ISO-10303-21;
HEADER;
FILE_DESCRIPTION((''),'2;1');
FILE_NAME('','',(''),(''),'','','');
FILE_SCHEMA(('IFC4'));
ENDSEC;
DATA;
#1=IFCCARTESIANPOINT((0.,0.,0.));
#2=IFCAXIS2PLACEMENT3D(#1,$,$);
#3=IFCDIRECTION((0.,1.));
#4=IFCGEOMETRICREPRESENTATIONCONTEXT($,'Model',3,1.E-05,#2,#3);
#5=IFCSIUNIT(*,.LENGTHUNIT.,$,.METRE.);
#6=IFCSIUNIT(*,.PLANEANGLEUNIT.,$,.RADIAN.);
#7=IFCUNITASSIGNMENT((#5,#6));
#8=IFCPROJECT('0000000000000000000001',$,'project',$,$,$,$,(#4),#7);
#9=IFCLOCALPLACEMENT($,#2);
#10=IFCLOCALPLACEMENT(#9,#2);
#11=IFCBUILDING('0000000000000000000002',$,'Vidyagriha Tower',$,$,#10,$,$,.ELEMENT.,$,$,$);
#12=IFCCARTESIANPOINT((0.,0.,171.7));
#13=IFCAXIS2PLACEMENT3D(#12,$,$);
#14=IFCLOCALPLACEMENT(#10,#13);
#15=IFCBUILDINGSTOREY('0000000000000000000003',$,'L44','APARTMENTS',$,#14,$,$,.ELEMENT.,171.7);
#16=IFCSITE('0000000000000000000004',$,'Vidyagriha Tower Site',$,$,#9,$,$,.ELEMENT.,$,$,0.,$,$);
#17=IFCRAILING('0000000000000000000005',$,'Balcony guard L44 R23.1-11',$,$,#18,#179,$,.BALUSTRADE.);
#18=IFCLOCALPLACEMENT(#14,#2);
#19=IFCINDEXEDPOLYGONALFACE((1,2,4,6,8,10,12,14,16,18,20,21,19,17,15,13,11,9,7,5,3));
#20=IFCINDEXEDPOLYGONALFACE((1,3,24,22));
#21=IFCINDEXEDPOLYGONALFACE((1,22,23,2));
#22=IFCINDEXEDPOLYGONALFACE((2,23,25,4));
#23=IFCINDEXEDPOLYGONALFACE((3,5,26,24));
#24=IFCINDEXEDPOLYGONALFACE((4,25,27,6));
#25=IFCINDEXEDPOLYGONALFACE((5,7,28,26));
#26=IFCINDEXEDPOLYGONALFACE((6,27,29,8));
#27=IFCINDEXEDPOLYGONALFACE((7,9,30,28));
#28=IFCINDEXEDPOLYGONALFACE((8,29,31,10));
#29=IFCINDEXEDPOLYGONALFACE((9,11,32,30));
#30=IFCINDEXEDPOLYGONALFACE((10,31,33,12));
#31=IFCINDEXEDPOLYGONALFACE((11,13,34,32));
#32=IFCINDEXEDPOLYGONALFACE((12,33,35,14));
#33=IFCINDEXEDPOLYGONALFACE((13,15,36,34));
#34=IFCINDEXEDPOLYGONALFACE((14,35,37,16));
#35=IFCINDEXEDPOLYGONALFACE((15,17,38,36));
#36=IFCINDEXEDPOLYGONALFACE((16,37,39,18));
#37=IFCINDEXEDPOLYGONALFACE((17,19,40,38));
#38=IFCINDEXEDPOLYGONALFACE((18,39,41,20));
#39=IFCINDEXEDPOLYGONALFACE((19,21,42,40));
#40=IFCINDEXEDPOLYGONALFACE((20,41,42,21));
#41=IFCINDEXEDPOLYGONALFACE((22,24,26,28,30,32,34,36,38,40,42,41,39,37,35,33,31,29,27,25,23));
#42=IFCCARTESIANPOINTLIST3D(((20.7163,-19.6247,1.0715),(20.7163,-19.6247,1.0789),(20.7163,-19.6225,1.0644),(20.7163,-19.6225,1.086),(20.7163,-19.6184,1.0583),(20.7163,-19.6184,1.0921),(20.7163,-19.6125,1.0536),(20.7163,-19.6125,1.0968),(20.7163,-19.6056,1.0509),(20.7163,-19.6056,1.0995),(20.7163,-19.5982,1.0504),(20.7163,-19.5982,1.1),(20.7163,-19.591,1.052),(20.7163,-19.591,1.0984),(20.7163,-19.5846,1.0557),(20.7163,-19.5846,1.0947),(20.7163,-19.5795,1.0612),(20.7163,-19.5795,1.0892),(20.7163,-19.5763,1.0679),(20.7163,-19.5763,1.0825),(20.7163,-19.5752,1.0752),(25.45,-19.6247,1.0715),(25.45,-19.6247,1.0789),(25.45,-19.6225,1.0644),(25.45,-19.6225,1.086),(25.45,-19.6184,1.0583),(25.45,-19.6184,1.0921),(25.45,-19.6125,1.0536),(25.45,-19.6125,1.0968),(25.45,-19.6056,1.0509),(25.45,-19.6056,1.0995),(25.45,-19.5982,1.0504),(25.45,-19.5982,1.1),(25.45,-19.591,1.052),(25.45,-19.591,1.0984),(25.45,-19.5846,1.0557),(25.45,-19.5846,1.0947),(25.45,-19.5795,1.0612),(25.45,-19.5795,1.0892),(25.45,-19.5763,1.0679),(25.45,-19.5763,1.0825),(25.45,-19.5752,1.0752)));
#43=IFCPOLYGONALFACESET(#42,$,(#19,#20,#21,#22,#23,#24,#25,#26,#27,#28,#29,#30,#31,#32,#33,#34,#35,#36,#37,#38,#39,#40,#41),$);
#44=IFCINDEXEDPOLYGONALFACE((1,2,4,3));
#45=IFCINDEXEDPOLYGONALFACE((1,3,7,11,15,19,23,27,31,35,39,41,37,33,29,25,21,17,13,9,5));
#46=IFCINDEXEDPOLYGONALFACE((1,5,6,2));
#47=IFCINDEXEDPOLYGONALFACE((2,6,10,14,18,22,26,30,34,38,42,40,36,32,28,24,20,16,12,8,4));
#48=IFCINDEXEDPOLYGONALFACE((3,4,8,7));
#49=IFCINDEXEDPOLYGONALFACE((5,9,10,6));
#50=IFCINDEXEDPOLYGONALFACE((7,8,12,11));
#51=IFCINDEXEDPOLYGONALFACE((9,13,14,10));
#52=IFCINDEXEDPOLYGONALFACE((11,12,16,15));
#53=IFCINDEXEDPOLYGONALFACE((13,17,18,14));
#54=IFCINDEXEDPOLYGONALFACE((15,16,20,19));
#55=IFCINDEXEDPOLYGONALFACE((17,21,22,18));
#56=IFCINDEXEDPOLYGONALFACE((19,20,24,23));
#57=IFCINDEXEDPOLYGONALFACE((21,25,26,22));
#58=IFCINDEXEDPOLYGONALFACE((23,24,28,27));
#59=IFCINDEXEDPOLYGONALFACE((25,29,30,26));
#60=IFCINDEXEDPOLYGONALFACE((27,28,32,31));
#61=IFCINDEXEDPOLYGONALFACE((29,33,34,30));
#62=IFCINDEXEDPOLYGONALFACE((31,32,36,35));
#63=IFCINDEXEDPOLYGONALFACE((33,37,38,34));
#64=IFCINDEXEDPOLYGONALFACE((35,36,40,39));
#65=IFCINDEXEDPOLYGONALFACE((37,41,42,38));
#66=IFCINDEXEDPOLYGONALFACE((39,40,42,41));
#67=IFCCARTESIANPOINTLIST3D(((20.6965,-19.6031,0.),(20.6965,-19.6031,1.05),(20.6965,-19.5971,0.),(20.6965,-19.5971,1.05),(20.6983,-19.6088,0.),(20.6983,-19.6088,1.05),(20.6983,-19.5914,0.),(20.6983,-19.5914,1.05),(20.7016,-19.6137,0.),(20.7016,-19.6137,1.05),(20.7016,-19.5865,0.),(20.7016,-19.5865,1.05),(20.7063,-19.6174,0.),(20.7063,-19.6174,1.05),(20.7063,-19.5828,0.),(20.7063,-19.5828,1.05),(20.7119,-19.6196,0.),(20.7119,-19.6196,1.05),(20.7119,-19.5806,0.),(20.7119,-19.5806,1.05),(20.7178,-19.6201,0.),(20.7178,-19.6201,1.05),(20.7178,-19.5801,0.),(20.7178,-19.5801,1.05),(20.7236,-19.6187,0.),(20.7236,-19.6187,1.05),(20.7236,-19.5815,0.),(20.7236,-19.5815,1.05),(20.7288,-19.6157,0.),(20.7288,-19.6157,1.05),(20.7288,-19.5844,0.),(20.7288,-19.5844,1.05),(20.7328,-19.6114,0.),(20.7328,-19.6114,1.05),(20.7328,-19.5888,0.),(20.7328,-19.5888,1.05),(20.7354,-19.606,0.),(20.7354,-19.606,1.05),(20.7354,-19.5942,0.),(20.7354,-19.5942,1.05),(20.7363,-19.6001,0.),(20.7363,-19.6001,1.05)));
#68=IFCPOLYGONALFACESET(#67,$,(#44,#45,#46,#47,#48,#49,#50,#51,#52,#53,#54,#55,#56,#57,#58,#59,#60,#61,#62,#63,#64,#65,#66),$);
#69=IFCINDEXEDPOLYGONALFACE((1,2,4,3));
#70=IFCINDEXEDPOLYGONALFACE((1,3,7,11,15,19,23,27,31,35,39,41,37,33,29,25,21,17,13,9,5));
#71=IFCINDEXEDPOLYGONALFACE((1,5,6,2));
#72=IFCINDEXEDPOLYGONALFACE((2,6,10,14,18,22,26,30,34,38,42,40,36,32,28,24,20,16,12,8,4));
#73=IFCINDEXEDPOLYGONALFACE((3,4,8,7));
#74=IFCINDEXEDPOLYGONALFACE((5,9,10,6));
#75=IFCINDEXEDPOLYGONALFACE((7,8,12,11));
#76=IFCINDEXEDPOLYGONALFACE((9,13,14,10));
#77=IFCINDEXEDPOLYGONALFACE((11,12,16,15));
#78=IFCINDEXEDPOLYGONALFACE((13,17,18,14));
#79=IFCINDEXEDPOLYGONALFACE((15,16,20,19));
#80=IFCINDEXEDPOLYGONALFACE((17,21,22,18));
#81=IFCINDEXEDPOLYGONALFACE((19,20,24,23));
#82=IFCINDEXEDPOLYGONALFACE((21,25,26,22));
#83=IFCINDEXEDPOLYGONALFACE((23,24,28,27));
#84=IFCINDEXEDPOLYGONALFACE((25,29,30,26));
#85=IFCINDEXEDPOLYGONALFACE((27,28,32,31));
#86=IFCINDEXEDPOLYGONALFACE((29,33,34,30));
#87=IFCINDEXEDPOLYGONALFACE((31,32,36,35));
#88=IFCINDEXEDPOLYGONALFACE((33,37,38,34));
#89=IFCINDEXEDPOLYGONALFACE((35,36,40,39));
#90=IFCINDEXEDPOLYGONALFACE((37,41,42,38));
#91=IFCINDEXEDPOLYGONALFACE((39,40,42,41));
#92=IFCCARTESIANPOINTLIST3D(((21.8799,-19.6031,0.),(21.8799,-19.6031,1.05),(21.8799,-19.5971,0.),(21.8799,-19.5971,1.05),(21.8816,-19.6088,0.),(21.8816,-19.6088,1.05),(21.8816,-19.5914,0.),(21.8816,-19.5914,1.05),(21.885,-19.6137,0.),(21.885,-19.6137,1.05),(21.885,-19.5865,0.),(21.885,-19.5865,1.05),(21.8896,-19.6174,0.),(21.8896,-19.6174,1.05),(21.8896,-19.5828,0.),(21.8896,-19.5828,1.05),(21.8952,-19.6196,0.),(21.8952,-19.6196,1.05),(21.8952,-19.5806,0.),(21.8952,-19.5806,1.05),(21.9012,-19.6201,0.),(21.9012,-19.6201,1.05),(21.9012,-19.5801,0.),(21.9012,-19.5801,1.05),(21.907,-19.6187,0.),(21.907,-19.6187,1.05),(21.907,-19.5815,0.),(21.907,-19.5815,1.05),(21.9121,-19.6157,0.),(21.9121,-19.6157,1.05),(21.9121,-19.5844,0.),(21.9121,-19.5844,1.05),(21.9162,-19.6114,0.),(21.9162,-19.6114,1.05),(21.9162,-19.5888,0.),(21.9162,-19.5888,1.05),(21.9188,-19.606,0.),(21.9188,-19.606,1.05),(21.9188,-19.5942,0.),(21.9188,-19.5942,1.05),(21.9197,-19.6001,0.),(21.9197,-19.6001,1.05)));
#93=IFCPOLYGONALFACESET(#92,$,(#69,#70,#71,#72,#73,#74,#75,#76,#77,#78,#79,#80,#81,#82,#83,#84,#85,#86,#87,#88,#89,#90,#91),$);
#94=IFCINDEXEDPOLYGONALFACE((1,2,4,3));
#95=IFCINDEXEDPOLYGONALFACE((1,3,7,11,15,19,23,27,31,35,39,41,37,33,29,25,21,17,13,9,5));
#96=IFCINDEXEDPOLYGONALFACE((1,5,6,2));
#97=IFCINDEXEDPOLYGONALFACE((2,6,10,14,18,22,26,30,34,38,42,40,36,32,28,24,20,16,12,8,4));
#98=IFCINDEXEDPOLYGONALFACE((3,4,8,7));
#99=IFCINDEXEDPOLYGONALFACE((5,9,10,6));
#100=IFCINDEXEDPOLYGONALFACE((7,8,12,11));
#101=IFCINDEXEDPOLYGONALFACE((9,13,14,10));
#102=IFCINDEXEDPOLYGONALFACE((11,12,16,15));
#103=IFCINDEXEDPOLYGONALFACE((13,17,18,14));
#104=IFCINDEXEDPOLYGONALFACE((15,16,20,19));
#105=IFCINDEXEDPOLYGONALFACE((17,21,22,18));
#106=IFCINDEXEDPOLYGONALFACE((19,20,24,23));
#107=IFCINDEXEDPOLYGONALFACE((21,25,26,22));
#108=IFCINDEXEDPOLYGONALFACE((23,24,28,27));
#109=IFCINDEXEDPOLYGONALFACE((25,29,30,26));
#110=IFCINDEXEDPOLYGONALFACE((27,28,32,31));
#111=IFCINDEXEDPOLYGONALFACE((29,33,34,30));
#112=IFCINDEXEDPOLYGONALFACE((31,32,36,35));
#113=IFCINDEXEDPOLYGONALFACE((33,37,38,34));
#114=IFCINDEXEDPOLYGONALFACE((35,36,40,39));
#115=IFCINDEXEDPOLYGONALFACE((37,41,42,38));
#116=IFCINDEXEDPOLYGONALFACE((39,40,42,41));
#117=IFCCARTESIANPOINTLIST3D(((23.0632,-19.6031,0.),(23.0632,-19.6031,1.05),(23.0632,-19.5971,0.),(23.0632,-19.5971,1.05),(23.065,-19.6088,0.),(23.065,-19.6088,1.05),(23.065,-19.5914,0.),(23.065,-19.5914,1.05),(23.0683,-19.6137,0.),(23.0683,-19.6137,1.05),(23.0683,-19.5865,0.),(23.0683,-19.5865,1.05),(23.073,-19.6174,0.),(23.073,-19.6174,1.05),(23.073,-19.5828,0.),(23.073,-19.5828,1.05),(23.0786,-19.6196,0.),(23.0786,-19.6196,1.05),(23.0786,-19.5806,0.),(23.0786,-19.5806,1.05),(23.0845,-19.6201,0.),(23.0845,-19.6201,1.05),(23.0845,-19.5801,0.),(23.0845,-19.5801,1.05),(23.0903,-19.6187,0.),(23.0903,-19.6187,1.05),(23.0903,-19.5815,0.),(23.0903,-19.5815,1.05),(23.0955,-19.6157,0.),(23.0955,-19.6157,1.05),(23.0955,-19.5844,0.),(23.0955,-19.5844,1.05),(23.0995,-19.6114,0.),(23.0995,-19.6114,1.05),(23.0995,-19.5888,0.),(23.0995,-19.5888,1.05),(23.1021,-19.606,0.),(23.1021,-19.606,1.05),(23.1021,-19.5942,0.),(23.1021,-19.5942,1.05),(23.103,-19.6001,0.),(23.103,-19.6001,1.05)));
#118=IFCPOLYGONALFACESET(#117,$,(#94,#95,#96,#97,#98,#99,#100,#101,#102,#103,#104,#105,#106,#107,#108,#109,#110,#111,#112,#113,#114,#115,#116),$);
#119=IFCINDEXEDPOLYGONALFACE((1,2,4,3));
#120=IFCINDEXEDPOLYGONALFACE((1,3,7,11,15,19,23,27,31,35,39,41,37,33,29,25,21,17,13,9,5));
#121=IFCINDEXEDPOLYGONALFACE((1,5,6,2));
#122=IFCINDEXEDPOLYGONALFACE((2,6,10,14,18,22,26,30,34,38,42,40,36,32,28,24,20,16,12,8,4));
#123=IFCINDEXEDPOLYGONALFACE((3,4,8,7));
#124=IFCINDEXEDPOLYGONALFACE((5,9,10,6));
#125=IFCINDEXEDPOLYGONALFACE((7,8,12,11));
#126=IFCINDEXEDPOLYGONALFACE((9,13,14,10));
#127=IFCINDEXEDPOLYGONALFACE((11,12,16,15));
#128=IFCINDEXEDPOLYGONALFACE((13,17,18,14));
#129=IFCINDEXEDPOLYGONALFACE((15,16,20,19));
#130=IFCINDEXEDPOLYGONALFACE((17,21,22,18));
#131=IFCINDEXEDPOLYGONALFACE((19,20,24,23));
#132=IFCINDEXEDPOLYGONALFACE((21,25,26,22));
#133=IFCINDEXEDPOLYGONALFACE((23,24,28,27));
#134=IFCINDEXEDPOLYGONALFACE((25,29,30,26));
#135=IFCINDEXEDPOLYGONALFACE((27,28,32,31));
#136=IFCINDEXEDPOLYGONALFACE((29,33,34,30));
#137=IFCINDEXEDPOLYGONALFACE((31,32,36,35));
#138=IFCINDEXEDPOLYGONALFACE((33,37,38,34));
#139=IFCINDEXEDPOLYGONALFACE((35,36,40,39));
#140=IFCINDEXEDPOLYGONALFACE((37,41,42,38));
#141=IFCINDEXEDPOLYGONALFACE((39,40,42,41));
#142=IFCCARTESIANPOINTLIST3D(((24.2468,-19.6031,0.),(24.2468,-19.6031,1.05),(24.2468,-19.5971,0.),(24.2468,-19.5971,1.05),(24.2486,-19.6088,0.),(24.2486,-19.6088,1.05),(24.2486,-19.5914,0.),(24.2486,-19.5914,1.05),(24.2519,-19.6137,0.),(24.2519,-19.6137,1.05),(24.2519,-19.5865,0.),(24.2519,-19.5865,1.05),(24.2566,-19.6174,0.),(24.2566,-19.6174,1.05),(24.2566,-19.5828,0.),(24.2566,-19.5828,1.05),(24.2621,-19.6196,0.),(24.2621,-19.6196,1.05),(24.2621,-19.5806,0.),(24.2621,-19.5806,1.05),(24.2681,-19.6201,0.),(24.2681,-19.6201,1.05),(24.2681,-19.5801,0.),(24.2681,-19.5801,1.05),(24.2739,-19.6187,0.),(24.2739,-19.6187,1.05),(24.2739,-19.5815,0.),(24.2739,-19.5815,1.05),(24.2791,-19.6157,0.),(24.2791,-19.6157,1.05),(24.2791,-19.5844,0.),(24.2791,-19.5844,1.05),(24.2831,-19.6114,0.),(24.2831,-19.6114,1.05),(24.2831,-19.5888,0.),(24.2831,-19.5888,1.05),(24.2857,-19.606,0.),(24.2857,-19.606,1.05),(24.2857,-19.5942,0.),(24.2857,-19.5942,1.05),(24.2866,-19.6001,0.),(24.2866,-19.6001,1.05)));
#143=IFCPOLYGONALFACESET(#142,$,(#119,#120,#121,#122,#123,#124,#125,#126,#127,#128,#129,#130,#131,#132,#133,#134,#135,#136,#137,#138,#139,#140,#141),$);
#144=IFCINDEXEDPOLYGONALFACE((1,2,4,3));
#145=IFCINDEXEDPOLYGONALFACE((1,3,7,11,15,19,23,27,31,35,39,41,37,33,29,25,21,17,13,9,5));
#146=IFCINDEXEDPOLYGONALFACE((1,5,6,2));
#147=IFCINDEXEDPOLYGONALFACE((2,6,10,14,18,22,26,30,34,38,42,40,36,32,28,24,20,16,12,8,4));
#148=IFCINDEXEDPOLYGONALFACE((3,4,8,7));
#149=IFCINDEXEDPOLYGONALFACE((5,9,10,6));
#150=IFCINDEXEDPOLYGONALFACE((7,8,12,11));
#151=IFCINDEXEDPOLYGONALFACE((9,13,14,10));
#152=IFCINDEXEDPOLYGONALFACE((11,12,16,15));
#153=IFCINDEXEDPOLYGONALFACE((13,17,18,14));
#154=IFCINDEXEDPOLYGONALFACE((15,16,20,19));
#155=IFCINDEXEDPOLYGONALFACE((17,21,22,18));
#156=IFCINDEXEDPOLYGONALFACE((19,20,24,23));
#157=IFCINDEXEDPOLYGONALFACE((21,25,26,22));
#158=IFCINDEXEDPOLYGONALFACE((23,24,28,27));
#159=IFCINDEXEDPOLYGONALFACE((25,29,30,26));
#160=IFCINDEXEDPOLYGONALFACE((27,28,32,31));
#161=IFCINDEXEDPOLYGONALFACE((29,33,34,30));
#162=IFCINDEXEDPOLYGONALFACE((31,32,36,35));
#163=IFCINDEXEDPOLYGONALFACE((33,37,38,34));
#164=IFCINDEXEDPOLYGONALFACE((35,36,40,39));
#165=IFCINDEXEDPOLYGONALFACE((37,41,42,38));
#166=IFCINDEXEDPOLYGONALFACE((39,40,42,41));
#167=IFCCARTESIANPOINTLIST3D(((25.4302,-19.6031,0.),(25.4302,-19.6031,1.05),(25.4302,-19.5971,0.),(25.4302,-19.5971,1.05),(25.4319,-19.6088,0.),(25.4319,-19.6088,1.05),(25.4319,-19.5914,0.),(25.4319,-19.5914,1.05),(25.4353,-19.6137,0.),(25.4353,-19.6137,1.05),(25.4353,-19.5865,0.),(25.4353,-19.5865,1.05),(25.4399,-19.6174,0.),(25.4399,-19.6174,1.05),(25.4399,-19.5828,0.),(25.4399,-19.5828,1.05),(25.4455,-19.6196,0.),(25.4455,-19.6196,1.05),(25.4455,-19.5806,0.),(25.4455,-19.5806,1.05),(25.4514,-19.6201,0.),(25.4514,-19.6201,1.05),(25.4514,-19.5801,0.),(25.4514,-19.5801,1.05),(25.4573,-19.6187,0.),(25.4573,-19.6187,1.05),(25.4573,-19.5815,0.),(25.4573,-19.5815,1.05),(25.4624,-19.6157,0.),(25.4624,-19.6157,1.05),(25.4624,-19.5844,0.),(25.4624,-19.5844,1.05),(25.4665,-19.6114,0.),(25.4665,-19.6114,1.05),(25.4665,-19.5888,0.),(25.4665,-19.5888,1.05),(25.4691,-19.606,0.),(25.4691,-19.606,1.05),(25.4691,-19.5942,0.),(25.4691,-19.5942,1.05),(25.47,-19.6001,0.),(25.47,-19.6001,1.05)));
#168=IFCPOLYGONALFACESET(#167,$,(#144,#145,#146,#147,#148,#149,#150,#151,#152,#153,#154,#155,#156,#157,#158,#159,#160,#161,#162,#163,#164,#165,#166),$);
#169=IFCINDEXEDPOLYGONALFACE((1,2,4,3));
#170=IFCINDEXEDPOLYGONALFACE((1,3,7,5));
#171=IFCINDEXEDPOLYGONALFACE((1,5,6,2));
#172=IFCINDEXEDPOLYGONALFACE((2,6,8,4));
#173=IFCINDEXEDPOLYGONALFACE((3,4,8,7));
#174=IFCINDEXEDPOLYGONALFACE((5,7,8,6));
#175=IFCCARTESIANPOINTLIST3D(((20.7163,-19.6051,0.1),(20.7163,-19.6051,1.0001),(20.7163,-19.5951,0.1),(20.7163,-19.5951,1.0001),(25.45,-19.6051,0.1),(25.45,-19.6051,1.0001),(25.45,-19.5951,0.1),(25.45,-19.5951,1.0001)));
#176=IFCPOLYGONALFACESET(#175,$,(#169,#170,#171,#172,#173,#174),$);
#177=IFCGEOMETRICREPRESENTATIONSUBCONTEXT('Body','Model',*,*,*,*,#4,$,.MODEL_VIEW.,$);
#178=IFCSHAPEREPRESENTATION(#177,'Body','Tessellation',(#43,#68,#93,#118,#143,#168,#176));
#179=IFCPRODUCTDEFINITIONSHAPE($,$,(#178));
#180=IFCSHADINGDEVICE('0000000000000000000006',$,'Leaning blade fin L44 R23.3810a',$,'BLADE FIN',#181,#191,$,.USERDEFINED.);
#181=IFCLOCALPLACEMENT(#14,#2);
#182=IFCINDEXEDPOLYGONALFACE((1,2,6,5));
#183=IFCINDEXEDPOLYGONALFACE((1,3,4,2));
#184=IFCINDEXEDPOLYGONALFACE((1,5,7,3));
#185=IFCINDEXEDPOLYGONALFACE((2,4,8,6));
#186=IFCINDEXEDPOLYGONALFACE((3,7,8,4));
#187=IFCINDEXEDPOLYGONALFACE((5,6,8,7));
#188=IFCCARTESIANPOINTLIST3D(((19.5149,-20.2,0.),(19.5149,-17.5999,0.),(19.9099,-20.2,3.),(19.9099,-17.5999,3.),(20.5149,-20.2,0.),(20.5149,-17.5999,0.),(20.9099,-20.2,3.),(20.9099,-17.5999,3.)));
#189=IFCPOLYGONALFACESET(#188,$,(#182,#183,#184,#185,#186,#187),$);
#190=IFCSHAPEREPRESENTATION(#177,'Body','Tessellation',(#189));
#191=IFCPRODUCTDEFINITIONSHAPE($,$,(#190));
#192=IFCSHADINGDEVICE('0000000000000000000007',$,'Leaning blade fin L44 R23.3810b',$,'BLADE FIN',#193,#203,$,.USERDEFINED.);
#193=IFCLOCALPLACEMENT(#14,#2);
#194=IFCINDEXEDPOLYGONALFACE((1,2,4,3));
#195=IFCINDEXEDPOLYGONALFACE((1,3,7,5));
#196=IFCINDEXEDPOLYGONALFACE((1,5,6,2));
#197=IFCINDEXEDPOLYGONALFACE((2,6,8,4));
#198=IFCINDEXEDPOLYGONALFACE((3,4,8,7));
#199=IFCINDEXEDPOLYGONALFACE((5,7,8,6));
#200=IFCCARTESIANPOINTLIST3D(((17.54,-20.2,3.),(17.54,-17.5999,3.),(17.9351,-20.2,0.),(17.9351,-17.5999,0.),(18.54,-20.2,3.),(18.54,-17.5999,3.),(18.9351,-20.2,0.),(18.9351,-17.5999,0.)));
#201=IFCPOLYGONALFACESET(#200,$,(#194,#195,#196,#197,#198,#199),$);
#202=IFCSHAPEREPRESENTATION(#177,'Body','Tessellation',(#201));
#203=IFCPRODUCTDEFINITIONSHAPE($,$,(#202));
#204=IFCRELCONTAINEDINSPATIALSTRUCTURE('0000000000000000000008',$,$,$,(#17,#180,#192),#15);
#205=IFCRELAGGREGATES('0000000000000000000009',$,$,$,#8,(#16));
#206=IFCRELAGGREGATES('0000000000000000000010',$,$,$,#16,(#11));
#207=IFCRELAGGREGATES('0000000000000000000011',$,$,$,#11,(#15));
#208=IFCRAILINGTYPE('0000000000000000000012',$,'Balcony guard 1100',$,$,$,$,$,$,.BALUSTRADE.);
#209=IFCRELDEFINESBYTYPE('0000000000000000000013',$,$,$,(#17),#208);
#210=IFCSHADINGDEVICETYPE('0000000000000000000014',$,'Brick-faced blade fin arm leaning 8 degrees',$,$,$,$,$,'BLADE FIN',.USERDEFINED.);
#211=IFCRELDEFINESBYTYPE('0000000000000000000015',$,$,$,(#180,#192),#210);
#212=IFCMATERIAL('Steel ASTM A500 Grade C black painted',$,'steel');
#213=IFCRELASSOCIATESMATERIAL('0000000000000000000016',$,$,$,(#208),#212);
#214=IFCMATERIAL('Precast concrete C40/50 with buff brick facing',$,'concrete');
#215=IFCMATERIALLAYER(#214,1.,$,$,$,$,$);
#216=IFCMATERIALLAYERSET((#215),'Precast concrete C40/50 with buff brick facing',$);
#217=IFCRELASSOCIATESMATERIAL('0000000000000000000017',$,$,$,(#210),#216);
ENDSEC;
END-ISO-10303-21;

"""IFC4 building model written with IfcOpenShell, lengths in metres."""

from ifc_helpers import new_model, si_unit, direction, frame, origin, origin_2d, place, context, subcontext, project, spatial, polyline, rectangle, circle, outline, extrude, material, layer, layer_set, type_object, element, save


model = new_model("IFC4")

# Units and contexts
model_context = context("Model", 3, precision=1e-05, world=origin(), true_north=direction((0.0, 1.0)))
body_context = subcontext(model_context, "Body", "Model", "MODEL_VIEW")
ifc_project = project(units=[si_unit("LENGTHUNIT", "METRE"), si_unit("PLANEANGLEUNIT", "RADIAN")], contexts=[model_context])

# Site, building, storey
site_placement = place(None, origin())
site = spatial("IfcSite", under=ifc_project, at=site_placement, Name="Vidyagriha Tower Site", CompositionType="ELEMENT", RefElevation=0.0)
building_placement = place(site_placement, origin())
building = spatial("IfcBuilding", under=site, at=building_placement, Name="Vidyagriha Tower", CompositionType="ELEMENT")
storey_placement = place(building_placement, frame((0.0, 0.0, 171.7)))
storey = spatial("IfcBuildingStorey", under=building, at=storey_placement, Name="L44", Description="APARTMENTS", CompositionType="ELEMENT", Elevation=171.7)

# Railing
ifc_material_1 = material(Name="Steel ASTM A500 Grade C black painted", Category="steel")
railing_type = type_object("IfcRailingType", Name="Balcony guard 1100", PredefinedType="BALUSTRADE", material=ifc_material_1)
railing_1_placement = place(storey_placement, frame((20.7163, -19.6001, 0.0)))
element("IfcRailing", 1, at=railing_1_placement, inside=storey, type_object=railing_type, Name="Balcony guard L44 R23.1-11", PredefinedType="BALUSTRADE", context=body_context, shape_type="SweptSolid", body=[
    extrude(circle(Radius=0.0249, at=origin_2d()), frame((0.0, 0.0, 1.0752), z_axis=(1.0, 0.0, 0.0), x_axis=(0.0, 1.0, 0.0)), (0.0, 0.0, 1.0), 4.7336),
    extrude(circle(Radius=0.02, at=origin_2d()), origin(), (0.0, 0.0, 1.0), 1.05),
    extrude(circle(Radius=0.02, at=origin_2d()), frame((1.1833, 0.0, 0.0)), (0.0, 0.0, 1.0), 1.05),
    extrude(circle(Radius=0.02, at=origin_2d()), frame((2.3667, 0.0, 0.0)), (0.0, 0.0, 1.0), 1.05),
    extrude(circle(Radius=0.02, at=origin_2d()), frame((3.5503, 0.0, 0.0)), (0.0, 0.0, 1.0), 1.05),
    extrude(circle(Radius=0.02, at=origin_2d()), frame((4.7336, 0.0, 0.0)), (0.0, 0.0, 1.0), 1.05),
    extrude(rectangle(XDim=0.01, YDim=0.9001, at=origin_2d()), frame((0.0, 0.0, 0.55), z_axis=(1.0, 0.0, 0.0), x_axis=(0.0, 1.0, 0.0)), (0.0, 0.0, 1.0), 4.7336),
])

# Shading devices
ifc_material_2 = material(Name="Precast concrete C40/50 with buff brick facing", Category="concrete")
ifc_layer_1 = layer(ifc_material_2, 1.0)
ifc_layer_set_1 = layer_set([ifc_layer_1], Name="Precast concrete C40/50 with buff brick facing")
shading_device_type_1 = type_object("IfcShadingDeviceType", Name="Brick-faced blade fin arm leaning 8 degrees", ElementType="BLADE FIN", PredefinedType="USERDEFINED", material=ifc_layer_set_1)
shading_device_1_placement = place(storey_placement, frame((19.5149, -18.8999, 0.0)))
element("IfcShadingDevice", 2, at=shading_device_1_placement, inside=storey, type_object=shading_device_type_1, Name="Leaning blade fin L44 R23.3810a", ObjectType="BLADE FIN", PredefinedType="USERDEFINED", context=body_context, shape_type="SweptSolid", body=[
    extrude(outline(polyline([(0.0, 0.0), (1.0, 0.0), (1.395, 3.0), (0.395, 3.0), (0.0, 0.0)])), frame((0.0, 1.3, 0.0), z_axis=(0.0, -1.0, 0.0), x_axis=(1.0, 0.0, 0.0)), (0.0, 0.0, 1.0), 2.6001),
])
shading_device_2_placement = place(storey_placement, frame((17.54, -18.8999, 0.0)))
element("IfcShadingDevice", 3, at=shading_device_2_placement, inside=storey, type_object=shading_device_type_1, Name="Leaning blade fin L44 R23.3810b", ObjectType="BLADE FIN", PredefinedType="USERDEFINED", context=body_context, shape_type="SweptSolid", body=[
    extrude(outline(polyline([(0.395, 0.0), (1.395, 0.0), (1.0, 3.0), (0.0, 3.0), (0.395, 0.0)])), frame((0.0, 1.3, 0.0), z_axis=(0.0, -1.0, 0.0), x_axis=(1.0, 0.0, 0.0)), (0.0, 0.0, 1.0), 2.6001),
])

save(model, "model.ifc")
